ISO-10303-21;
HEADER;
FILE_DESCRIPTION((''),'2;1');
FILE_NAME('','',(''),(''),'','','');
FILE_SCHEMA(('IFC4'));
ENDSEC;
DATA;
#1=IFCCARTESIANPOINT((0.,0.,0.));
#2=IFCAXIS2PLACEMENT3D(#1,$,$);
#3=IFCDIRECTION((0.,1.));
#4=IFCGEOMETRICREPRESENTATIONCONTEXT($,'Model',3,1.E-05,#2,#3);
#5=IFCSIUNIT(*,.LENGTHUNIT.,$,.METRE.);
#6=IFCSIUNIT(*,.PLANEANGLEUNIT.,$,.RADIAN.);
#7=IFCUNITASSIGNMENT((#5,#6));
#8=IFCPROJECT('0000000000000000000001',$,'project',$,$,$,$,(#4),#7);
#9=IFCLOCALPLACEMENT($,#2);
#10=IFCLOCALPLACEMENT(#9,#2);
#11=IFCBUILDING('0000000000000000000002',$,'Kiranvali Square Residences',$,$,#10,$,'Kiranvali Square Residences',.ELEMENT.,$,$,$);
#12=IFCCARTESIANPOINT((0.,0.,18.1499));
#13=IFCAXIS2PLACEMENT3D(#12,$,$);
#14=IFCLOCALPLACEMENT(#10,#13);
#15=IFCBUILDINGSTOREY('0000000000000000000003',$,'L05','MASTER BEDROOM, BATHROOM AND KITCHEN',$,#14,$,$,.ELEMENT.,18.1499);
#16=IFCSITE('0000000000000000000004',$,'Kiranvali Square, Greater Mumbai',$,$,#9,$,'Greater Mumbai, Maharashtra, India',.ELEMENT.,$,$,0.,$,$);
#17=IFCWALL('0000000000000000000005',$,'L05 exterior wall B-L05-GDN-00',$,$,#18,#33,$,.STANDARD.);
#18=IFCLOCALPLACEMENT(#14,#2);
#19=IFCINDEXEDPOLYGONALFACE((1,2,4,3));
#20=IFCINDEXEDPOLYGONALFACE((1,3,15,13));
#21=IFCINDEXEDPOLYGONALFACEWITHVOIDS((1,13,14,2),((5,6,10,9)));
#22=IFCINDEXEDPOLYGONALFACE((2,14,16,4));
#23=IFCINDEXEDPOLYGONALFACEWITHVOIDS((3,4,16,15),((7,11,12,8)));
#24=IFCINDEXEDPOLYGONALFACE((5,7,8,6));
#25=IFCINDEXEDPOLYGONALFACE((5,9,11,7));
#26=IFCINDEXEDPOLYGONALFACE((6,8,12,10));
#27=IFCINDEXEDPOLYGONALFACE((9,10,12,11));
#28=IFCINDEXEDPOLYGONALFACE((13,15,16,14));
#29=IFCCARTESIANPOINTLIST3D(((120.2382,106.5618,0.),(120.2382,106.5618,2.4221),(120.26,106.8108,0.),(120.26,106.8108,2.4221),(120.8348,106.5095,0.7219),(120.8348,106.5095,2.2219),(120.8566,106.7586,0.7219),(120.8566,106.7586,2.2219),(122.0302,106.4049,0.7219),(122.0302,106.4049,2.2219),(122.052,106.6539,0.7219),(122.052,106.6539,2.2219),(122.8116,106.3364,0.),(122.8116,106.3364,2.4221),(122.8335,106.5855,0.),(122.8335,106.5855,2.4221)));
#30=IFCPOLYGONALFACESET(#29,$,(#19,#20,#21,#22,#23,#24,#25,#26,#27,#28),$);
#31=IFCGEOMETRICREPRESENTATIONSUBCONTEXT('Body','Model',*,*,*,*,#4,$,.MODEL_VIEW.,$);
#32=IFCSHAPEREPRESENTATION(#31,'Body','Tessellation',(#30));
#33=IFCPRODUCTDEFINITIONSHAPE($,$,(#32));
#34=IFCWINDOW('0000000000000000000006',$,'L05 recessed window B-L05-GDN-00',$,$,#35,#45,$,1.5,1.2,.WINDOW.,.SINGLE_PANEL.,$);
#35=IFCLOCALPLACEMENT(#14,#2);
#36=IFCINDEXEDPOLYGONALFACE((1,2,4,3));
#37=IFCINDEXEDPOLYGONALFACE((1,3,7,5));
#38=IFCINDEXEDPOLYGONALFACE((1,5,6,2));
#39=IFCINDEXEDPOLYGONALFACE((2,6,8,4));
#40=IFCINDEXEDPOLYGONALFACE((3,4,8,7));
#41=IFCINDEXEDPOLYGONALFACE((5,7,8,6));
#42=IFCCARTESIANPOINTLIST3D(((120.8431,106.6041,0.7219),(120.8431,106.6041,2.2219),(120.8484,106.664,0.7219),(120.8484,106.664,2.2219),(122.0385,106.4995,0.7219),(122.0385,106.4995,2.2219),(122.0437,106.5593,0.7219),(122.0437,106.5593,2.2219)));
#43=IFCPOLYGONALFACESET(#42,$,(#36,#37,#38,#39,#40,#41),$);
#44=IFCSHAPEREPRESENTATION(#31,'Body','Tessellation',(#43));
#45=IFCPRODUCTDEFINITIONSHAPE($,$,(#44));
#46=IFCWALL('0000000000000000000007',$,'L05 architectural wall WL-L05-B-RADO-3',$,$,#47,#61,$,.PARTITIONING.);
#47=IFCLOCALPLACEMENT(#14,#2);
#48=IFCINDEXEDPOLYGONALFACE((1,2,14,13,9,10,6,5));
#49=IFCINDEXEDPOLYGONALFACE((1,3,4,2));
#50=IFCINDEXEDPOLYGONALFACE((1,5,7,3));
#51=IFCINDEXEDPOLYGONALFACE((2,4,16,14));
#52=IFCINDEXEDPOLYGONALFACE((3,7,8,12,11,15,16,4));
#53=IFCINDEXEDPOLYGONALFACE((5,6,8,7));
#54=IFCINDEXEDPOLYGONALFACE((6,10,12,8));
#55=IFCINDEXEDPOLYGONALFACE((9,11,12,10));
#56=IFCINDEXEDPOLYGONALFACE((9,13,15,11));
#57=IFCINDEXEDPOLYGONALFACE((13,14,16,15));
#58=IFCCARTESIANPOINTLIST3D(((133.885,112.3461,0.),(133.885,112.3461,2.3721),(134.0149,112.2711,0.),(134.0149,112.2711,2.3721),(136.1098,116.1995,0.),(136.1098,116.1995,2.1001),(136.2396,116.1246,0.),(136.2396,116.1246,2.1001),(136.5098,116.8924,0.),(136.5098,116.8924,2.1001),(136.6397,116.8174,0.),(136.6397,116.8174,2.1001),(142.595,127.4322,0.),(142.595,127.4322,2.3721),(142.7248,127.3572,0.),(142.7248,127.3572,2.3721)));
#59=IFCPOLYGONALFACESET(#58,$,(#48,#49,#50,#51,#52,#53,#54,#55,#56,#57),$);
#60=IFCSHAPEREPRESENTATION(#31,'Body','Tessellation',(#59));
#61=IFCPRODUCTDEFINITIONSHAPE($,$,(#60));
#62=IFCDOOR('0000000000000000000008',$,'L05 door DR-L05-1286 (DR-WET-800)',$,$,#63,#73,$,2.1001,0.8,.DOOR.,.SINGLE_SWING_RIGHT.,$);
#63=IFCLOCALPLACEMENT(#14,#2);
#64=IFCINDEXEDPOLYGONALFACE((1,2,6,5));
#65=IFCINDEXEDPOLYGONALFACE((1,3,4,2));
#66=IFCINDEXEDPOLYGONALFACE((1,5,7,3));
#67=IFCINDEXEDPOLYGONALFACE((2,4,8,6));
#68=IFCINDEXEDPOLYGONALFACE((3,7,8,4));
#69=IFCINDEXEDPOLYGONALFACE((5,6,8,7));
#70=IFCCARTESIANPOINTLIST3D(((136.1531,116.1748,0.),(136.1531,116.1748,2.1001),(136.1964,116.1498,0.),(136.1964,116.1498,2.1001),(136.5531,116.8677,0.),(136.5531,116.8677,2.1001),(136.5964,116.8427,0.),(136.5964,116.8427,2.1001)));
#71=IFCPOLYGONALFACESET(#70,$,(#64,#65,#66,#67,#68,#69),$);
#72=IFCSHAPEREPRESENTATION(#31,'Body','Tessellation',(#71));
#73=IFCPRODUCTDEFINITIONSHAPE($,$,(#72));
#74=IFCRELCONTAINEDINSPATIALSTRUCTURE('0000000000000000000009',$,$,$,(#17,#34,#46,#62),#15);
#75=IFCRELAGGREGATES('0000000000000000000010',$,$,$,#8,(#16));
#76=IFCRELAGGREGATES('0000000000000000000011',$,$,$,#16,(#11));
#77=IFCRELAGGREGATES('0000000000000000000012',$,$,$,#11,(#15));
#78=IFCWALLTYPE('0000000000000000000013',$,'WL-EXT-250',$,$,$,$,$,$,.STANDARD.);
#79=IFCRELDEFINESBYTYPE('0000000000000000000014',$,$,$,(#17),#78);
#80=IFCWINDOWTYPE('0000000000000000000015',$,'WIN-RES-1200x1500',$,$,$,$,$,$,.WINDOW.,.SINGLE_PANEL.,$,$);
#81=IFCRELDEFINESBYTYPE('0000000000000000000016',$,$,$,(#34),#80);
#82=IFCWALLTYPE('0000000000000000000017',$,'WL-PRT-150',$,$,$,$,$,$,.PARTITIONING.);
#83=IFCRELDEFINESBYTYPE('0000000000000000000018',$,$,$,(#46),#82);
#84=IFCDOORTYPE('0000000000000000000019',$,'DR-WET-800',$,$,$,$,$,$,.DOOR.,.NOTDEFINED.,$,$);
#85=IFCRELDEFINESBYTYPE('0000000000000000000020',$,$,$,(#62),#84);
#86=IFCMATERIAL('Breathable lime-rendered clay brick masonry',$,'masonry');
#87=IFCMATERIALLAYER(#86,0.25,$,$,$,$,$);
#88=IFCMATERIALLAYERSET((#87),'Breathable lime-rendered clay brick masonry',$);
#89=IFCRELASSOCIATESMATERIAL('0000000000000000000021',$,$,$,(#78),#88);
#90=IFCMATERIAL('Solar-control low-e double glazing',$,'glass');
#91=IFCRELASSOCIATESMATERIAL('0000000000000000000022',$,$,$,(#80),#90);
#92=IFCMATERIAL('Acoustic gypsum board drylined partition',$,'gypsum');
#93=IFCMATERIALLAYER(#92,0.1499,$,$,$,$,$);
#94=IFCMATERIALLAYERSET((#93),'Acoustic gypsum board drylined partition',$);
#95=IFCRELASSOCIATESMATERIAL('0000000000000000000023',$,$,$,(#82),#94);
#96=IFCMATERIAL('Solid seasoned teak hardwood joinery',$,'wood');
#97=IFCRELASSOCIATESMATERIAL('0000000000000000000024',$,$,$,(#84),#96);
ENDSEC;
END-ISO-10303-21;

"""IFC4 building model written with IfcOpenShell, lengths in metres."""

from ifc_helpers import new_model, si_unit, direction, frame, frame_2d, origin, place, context, subcontext, project, spatial, rectangle, extrude, material, layer, layer_set, type_object, element, fill, save


model = new_model("IFC4")

# Units and contexts
model_context = context("Model", 3, precision=1e-05, world=origin(), true_north=direction((0.0, 1.0)))
body_context = subcontext(model_context, "Body", "Model", "MODEL_VIEW")
ifc_project = project(units=[si_unit("LENGTHUNIT", "METRE"), si_unit("PLANEANGLEUNIT", "RADIAN")], contexts=[model_context])

# Site, building, storey
site_placement = place(None, origin())
site = spatial("IfcSite", under=ifc_project, at=site_placement, Name="Kiranvali Square, Greater Mumbai", LongName="Greater Mumbai, Maharashtra, India", CompositionType="ELEMENT", RefElevation=0.0)
building_placement = place(site_placement, origin())
building = spatial("IfcBuilding", under=site, at=building_placement, Name="Kiranvali Square Residences", LongName="Kiranvali Square Residences", CompositionType="ELEMENT")
storey_placement = place(building_placement, frame((0.0, 0.0, 18.1499)))
storey = spatial("IfcBuildingStorey", under=building, at=storey_placement, Name="L05", Description="MASTER BEDROOM, BATHROOM AND KITCHEN", CompositionType="ELEMENT", Elevation=18.1499)

# Wall, opening, window
ifc_material_1 = material(Name="Breathable lime-rendered clay brick masonry", Category="masonry")
ifc_layer_1 = layer(ifc_material_1, 0.25)
ifc_layer_set_1 = layer_set([ifc_layer_1], Name="Breathable lime-rendered clay brick masonry")
wall_type_1 = type_object("IfcWallType", Name="WL-EXT-250", PredefinedType="STANDARD", material=ifc_layer_set_1)
wall_1_placement = place(storey_placement, frame((120.2493, 106.6863, 0.0), z_axis=(0.0, 0.0, 1.0), x_axis=(0.996188, -0.087229, 0.0)))
wall_1 = element("IfcWall", 1, at=wall_1_placement, inside=storey, type_object=wall_type_1, Name="L05 exterior wall B-L05-GDN-00", PredefinedType="STANDARD", context=body_context, shape_type="SweptSolid", body=[
    extrude(rectangle(XDim=2.5833, YDim=0.25, at=frame_2d((1.2915, 0.0))), origin(), (0.0, 0.0, 1.0), 2.4221),
])
opening_1_placement = place(wall_1_placement, frame((0.5986, 0.0, 0.7219)))
opening_1 = element("IfcOpeningElement", 2, at=opening_1_placement, cuts=wall_1, PredefinedType="OPENING", context=body_context, shape_type="SweptSolid", body=[
    extrude(rectangle(XDim=1.2, YDim=1.5, at=frame_2d((0.6001, 0.75))), frame((0.0, 0.135, 0.0), z_axis=(0.0, -1.0, 0.0), x_axis=(1.0, 0.0, 0.0)), (0.0, 0.0, 1.0), 0.27),
])
ifc_material_2 = material(Name="Solar-control low-e double glazing", Category="glass")
window_type = type_object("IfcWindowType", Name="WIN-RES-1200x1500", PartitioningType="SINGLE_PANEL", PredefinedType="WINDOW", material=ifc_material_2)
window_placement = place(opening_1_placement, origin())
window = element("IfcWindow", 3, at=window_placement, inside=storey, type_object=window_type, Name="L05 recessed window B-L05-GDN-00", OverallHeight=1.5, OverallWidth=1.2, PartitioningType="SINGLE_PANEL", PredefinedType="WINDOW", context=body_context, shape_type="SweptSolid", body=[
    extrude(rectangle(XDim=1.2, YDim=1.5, at=frame_2d((0.6001, 0.75))), frame((0.0, 0.03, 0.0), z_axis=(0.0, -1.0, 0.0), x_axis=(1.0, 0.0, 0.0)), (0.0, 0.0, 1.0), 0.0601),
])
fill(opening_1, window)

# Wall, opening, door
ifc_material_3 = material(Name="Acoustic gypsum board drylined partition", Category="gypsum")
ifc_layer_2 = layer(ifc_material_3, 0.1499)
ifc_layer_set_2 = layer_set([ifc_layer_2], Name="Acoustic gypsum board drylined partition")
wall_type_2 = type_object("IfcWallType", Name="WL-PRT-150", PredefinedType="PARTITIONING", material=ifc_layer_set_2)
wall_2_placement = place(storey_placement, frame((133.95, 112.3086, 0.0), z_axis=(0.0, 0.0, 1.0), x_axis=(0.499998, 0.866027, 0.0)))
wall_2 = element("IfcWall", 4, at=wall_2_placement, inside=storey, type_object=wall_type_2, Name="L05 architectural wall WL-L05-B-RADO-3", PredefinedType="PARTITIONING", context=body_context, shape_type="SweptSolid", body=[
    extrude(rectangle(XDim=17.4199, YDim=0.1499, at=frame_2d((8.71, 0.0))), origin(), (0.0, 0.0, 1.0), 2.3721),
])
opening_2_placement = place(wall_2_placement, frame((4.4497, 0.0, 0.0)))
opening_2 = element("IfcOpeningElement", 5, at=opening_2_placement, cuts=wall_2, PredefinedType="OPENING", context=body_context, shape_type="SweptSolid", body=[
    extrude(rectangle(XDim=0.8, YDim=2.1001, at=frame_2d((0.3999, 1.05))), frame((0.0, 0.085, 0.0), z_axis=(0.0, -1.0, 0.0), x_axis=(1.0, 0.0, 0.0)), (0.0, 0.0, 1.0), 0.1699),
])
ifc_material_4 = material(Name="Solid seasoned teak hardwood joinery", Category="wood")
door_type_1 = type_object("IfcDoorType", Name="DR-WET-800", OperationType="NOTDEFINED", PredefinedType="DOOR", material=ifc_material_4)
door_1_placement = place(opening_2_placement, frame((0.8, 0.0, 0.0), z_axis=(0.0, 0.0, 1.0), x_axis=(-1.0, 0.0, 0.0)))
door_1 = element("IfcDoor", 6, at=door_1_placement, inside=storey, type_object=door_type_1, Name="L05 door DR-L05-1286 (DR-WET-800)", OperationType="SINGLE_SWING_RIGHT", OverallHeight=2.1001, OverallWidth=0.8, PredefinedType="DOOR", context=body_context, shape_type="SweptSolid", body=[
    extrude(rectangle(XDim=0.8, YDim=2.1001, at=frame_2d((0.3999, 1.05))), frame((0.0, 0.0249, 0.0), z_axis=(0.0, -1.0, 0.0), x_axis=(1.0, 0.0, 0.0)), (0.0, 0.0, 1.0), 0.05),
])
fill(opening_2, door_1)

save(model, "model.ifc")
